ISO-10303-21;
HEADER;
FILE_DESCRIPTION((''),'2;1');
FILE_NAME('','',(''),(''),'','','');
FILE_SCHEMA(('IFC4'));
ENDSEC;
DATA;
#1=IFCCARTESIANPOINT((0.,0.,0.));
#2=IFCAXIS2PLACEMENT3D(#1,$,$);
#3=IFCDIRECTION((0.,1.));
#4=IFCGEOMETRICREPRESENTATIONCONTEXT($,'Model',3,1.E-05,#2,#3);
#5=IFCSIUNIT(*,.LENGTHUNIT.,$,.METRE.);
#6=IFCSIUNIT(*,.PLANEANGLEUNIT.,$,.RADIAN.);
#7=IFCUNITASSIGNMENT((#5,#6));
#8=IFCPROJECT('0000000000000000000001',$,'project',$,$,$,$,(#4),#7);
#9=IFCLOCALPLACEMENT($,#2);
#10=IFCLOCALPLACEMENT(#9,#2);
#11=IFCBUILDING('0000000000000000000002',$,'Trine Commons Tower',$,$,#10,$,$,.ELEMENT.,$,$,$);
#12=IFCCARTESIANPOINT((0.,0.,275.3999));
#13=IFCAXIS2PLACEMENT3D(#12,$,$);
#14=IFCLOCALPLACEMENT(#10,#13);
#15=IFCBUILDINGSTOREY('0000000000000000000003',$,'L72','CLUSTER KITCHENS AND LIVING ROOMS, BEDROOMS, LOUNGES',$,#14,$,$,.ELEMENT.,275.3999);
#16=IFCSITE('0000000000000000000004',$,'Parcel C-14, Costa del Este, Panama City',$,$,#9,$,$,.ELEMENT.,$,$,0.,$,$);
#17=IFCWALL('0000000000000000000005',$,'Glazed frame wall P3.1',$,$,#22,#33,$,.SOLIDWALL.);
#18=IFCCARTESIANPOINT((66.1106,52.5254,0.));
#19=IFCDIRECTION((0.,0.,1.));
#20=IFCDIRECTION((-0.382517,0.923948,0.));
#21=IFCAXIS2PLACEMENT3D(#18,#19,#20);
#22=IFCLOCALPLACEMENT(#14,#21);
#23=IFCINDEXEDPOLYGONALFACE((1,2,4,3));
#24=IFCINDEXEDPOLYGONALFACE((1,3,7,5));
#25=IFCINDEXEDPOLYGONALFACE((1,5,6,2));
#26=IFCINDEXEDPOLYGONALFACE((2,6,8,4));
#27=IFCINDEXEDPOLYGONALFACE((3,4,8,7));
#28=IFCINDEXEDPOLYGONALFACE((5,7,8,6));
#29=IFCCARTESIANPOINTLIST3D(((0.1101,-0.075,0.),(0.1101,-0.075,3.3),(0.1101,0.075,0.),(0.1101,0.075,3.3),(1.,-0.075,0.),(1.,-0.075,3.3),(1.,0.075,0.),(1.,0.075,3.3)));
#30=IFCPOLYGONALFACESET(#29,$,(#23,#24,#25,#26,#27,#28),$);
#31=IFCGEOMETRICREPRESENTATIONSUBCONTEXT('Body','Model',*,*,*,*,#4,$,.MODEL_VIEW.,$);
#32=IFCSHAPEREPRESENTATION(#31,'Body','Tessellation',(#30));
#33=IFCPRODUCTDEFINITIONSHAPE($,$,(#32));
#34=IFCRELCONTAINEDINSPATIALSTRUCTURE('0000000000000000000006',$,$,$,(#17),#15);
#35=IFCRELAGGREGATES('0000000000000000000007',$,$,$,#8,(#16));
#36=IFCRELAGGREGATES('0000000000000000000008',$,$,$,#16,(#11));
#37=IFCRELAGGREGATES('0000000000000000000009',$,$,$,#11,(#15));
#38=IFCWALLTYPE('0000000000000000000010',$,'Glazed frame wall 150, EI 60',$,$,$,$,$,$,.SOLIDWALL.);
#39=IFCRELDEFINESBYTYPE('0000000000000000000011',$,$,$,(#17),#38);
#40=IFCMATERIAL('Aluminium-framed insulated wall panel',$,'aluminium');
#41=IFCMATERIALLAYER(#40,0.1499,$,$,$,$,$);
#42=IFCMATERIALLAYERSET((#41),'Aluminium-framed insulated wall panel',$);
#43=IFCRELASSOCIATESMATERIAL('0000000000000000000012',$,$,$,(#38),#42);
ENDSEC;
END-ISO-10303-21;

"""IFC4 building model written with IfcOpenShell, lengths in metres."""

from ifc_helpers import new_model, si_unit, direction, frame, origin, place, context, subcontext, project, spatial, polyline, outline, extrude, material, layer, layer_set, type_object, element, save


model = new_model("IFC4")

# Units and contexts
model_context = context("Model", 3, precision=1e-05, world=origin(), true_north=direction((0.0, 1.0)))
body_context = subcontext(model_context, "Body", "Model", "MODEL_VIEW")
ifc_project = project(units=[si_unit("LENGTHUNIT", "METRE"), si_unit("PLANEANGLEUNIT", "RADIAN")], contexts=[model_context])

# Site, building, storey
site_placement = place(None, origin())
site = spatial("IfcSite", under=ifc_project, at=site_placement, Name="Parcel C-14, Costa del Este, Panama City", CompositionType="ELEMENT", RefElevation=0.0)
building_placement = place(site_placement, origin())
building = spatial("IfcBuilding", under=site, at=building_placement, Name="Trine Commons Tower", CompositionType="ELEMENT")
storey_placement = place(building_placement, frame((0.0, 0.0, 275.3999)))
storey = spatial("IfcBuildingStorey", under=building, at=storey_placement, Name="L72", Description="CLUSTER KITCHENS AND LIVING ROOMS, BEDROOMS, LOUNGES", CompositionType="ELEMENT", Elevation=275.3999)

# Wall
ifc_material_1 = material(Name="Aluminium-framed insulated wall panel", Category="aluminium")
ifc_layer_1 = layer(ifc_material_1, 0.1499)
ifc_layer_set_1 = layer_set([ifc_layer_1], Name="Aluminium-framed insulated wall panel")
wall_type_1 = type_object("IfcWallType", Name="Glazed frame wall 150, EI 60", PredefinedType="SOLIDWALL", material=ifc_layer_set_1)
wall_1_placement = place(storey_placement, frame((66.1106, 52.5254, 0.0), z_axis=(0.0, 0.0, 1.0), x_axis=(-0.382517, 0.923948, 0.0)))
element("IfcWall", 1, at=wall_1_placement, inside=storey, type_object=wall_type_1, Name="Glazed frame wall P3.1", PredefinedType="SOLIDWALL", context=body_context, shape_type="SweptSolid", body=[
    extrude(outline(polyline([(0.1101, -0.075), (1.0, -0.075), (1.0, 0.075), (0.1101, 0.075), (0.1101, -0.075)])), origin(), (0.0, 0.0, 1.0), 3.3),
])

save(model, "model.ifc")
